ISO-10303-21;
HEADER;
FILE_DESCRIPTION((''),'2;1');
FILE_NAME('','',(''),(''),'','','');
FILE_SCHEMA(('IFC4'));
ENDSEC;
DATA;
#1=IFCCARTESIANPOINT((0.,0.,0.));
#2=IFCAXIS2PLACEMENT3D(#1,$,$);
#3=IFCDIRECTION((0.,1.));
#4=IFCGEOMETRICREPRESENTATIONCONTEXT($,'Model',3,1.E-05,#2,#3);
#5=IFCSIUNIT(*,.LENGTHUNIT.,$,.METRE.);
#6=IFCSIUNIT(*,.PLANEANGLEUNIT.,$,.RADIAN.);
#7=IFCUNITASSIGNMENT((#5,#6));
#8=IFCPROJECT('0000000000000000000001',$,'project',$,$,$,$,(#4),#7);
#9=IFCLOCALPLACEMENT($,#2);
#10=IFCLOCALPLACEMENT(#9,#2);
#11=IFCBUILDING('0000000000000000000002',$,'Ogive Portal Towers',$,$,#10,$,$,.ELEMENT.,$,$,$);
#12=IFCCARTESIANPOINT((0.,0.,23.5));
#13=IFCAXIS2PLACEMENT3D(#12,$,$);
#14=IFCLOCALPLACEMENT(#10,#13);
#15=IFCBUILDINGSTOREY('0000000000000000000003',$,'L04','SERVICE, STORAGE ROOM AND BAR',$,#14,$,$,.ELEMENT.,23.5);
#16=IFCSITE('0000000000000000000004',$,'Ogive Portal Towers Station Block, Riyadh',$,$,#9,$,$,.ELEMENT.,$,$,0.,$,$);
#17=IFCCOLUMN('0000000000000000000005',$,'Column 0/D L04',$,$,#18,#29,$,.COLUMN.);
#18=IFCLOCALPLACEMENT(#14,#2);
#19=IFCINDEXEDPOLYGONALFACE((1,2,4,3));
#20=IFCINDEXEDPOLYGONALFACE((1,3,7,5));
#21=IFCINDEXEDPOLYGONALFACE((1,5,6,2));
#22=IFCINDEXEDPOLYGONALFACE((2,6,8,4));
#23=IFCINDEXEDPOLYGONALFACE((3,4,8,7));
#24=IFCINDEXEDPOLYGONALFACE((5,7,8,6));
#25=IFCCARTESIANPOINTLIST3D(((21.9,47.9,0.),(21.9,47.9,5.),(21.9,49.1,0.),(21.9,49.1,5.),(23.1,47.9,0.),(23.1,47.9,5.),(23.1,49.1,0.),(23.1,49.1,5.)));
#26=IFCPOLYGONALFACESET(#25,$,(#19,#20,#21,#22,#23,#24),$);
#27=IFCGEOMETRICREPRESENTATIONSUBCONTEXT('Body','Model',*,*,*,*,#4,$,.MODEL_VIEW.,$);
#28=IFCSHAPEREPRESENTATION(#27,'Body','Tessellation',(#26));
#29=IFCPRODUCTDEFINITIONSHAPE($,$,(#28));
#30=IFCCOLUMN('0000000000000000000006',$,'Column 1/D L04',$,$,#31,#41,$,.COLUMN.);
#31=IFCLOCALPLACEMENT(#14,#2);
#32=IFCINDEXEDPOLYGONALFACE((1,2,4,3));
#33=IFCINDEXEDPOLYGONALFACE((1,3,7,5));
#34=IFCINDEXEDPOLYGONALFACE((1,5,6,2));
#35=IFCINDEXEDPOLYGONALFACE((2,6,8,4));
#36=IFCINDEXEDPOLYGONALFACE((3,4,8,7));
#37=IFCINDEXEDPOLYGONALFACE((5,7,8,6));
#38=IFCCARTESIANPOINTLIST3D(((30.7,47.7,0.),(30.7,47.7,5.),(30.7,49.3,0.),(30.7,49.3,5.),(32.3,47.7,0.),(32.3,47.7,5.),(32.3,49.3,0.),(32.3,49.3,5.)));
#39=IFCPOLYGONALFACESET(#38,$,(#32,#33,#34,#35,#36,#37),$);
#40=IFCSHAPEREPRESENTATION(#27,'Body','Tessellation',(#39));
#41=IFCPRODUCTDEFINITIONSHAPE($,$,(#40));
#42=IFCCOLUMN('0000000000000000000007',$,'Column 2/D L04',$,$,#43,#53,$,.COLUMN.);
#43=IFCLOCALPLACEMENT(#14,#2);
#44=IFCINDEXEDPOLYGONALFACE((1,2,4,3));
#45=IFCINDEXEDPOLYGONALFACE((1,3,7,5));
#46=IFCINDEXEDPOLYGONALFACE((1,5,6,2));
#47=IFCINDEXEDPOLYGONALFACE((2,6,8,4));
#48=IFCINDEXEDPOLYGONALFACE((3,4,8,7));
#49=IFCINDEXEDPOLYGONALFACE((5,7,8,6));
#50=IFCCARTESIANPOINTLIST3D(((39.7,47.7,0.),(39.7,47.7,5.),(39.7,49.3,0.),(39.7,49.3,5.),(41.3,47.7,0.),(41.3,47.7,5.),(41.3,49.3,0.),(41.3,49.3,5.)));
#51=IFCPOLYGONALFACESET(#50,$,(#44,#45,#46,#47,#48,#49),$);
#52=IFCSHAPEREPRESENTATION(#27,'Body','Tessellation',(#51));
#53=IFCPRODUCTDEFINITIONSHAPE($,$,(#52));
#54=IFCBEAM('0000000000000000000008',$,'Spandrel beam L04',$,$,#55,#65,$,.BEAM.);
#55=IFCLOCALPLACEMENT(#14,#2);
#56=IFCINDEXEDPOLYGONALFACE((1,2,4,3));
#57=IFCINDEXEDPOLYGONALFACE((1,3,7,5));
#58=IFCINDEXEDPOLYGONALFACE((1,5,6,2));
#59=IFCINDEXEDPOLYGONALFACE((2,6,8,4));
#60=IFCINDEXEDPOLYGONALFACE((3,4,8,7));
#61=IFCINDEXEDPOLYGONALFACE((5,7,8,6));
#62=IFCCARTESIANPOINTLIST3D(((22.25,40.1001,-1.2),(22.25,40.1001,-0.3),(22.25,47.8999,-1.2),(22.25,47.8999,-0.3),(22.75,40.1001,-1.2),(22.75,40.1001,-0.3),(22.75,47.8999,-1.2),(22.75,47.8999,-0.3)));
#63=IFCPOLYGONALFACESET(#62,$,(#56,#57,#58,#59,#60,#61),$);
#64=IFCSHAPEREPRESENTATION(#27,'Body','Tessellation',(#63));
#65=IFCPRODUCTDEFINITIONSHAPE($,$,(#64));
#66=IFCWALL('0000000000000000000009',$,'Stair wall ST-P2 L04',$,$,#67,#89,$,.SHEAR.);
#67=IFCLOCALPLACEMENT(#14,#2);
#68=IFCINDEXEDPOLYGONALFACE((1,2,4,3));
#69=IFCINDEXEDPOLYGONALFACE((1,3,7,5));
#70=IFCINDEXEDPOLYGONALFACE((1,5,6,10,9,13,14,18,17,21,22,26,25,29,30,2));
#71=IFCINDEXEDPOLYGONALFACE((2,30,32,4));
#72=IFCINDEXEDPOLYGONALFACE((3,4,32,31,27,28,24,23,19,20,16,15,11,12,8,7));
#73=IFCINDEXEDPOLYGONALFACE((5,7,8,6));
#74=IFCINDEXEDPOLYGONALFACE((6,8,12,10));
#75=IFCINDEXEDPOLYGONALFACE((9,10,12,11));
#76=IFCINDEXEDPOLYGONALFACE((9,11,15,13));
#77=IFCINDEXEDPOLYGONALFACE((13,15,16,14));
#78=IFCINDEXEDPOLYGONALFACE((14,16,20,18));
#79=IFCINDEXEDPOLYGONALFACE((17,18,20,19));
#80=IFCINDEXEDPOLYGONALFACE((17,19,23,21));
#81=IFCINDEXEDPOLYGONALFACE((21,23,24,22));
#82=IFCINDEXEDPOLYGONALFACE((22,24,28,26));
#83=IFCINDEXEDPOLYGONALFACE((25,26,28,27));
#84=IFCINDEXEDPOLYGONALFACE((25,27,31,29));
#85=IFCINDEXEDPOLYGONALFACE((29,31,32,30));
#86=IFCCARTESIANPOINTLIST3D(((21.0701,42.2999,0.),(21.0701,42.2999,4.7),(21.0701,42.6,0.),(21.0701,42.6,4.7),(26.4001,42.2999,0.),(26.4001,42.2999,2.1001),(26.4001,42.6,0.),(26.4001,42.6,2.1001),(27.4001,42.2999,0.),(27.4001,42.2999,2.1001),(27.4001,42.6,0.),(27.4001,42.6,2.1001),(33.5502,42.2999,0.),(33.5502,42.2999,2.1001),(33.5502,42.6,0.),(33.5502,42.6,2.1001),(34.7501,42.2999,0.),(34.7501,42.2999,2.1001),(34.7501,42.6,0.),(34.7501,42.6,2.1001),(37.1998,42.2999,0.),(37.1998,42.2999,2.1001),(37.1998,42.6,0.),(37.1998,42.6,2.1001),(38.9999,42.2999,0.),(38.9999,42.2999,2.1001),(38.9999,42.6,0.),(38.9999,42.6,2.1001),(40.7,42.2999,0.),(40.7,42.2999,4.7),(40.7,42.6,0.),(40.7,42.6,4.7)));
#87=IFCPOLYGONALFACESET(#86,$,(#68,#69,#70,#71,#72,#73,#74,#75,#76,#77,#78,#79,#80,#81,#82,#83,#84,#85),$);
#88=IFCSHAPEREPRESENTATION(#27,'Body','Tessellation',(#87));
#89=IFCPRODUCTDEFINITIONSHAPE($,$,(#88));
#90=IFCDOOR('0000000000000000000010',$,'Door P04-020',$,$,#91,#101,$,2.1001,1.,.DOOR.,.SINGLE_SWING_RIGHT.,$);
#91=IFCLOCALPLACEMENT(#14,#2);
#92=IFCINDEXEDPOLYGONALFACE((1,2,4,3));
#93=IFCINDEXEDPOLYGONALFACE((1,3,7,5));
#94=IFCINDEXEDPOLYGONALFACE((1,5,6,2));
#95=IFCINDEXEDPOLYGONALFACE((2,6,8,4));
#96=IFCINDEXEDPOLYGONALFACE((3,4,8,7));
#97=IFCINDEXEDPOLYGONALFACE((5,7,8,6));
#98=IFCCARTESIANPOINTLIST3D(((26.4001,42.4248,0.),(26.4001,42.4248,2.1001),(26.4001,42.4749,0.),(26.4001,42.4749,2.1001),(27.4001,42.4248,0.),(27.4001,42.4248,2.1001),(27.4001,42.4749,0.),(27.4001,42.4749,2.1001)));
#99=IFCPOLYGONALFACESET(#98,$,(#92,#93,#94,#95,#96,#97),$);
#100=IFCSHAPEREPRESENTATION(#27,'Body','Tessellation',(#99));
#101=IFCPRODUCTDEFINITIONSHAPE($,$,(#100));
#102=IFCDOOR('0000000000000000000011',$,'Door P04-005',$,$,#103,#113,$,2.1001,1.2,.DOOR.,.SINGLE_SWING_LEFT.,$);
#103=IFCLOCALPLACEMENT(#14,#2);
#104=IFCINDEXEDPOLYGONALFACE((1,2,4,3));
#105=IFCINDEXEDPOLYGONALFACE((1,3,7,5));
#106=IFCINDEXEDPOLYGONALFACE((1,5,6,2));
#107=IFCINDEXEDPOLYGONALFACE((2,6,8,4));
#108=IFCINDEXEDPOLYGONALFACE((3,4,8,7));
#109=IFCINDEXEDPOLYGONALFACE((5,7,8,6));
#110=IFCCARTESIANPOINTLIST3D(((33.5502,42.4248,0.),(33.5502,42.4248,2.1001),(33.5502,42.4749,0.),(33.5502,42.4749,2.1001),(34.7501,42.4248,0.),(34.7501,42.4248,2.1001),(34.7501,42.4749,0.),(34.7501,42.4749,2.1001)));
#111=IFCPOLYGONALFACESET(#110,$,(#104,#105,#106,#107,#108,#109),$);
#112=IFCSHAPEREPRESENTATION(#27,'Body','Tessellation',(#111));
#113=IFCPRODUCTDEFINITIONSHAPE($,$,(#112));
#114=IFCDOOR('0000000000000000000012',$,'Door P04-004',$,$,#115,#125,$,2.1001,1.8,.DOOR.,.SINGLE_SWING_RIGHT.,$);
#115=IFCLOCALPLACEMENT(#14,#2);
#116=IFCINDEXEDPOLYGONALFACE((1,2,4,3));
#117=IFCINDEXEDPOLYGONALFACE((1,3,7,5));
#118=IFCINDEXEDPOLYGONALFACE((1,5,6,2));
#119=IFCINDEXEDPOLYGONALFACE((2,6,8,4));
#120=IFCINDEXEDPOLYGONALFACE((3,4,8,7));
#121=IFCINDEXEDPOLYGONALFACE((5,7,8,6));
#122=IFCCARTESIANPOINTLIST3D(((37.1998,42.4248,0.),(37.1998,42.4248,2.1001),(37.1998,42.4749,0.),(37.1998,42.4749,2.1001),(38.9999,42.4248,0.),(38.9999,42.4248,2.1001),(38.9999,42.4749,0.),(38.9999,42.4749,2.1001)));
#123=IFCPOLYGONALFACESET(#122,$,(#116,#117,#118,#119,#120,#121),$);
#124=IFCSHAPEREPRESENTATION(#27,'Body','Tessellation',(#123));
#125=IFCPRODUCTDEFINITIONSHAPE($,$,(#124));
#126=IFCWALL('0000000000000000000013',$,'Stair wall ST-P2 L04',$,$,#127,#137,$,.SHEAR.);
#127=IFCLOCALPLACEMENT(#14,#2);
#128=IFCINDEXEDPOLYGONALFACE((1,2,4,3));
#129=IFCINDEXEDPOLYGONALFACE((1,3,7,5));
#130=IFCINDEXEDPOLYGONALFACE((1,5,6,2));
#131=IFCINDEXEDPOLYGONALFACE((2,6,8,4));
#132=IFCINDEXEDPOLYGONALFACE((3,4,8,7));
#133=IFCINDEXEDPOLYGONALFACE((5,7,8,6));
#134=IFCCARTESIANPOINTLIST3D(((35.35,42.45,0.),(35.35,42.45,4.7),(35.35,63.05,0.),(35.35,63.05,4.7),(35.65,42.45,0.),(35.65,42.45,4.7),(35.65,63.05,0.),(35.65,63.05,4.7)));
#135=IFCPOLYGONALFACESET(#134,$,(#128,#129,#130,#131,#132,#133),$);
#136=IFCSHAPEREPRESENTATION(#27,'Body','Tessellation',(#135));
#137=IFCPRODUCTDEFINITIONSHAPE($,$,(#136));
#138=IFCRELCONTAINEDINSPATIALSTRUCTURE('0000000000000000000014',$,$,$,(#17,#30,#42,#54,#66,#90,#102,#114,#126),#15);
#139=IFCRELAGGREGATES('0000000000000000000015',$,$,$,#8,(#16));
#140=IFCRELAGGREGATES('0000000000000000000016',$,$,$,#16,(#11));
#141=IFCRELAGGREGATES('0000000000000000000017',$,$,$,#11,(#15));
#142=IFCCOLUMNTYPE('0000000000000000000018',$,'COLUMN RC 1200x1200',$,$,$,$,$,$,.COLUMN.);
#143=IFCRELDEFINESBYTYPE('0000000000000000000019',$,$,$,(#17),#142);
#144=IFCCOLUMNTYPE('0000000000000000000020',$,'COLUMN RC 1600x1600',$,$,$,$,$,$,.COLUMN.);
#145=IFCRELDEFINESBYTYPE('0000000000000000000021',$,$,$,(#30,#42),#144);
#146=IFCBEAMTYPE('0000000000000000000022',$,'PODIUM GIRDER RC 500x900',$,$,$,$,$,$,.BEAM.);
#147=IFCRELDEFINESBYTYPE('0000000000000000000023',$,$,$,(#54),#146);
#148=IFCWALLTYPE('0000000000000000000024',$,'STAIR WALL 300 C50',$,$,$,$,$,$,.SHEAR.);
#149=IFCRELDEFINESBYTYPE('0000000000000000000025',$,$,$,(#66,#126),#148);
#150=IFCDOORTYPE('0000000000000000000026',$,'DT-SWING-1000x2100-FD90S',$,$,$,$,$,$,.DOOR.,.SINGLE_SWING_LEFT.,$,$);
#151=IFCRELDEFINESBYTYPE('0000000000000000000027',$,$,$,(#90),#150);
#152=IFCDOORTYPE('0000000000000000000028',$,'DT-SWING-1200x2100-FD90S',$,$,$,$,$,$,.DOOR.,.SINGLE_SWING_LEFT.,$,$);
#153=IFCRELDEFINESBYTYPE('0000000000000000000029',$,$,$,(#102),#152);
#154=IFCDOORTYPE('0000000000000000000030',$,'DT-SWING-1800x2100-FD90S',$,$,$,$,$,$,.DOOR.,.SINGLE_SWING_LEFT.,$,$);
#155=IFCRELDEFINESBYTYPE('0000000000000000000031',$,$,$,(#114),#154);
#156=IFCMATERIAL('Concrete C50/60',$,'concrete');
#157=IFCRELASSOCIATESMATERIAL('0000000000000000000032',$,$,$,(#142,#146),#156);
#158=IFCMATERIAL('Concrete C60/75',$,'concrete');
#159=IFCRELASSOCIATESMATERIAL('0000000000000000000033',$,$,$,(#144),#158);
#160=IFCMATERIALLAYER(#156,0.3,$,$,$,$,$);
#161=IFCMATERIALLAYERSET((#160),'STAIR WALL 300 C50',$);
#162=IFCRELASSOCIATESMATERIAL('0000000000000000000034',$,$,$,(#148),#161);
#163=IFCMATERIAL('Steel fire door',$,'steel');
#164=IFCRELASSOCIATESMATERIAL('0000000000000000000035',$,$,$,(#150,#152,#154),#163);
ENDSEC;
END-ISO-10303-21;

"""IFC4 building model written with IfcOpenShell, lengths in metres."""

from ifc_helpers import new_model, si_unit, direction, frame, frame_2d, origin, origin_2d, place, context, subcontext, project, spatial, rectangle, extrude, material, layer, layer_set, material_profile, profile_set, type_object, element, fill, save


model = new_model("IFC4")

# Units and contexts
model_context = context("Model", 3, precision=1e-05, world=origin(), true_north=direction((0.0, 1.0)))
body_context = subcontext(model_context, "Body", "Model", "MODEL_VIEW")
ifc_project = project(units=[si_unit("LENGTHUNIT", "METRE"), si_unit("PLANEANGLEUNIT", "RADIAN")], contexts=[model_context])

# Site, building, storey
site_placement = place(None, origin())
site = spatial("IfcSite", under=ifc_project, at=site_placement, Name="Ogive Portal Towers Station Block, Riyadh", CompositionType="ELEMENT", RefElevation=0.0)
building_placement = place(site_placement, origin())
building = spatial("IfcBuilding", under=site, at=building_placement, Name="Ogive Portal Towers", CompositionType="ELEMENT")
storey_placement = place(building_placement, frame((0.0, 0.0, 23.5)))
storey = spatial("IfcBuildingStorey", under=building, at=storey_placement, Name="L04", Description="SERVICE, STORAGE ROOM AND BAR", CompositionType="ELEMENT", Elevation=23.5)

# Columns
ifc_material_1 = material(Name="Concrete C50/60", Category="concrete")
ifc_material_profile_1 = material_profile(ifc_material_1, rectangle(XDim=1.2, YDim=1.2, at=origin_2d()), Name="RC 1200x1200")
ifc_profile_set_1 = profile_set([ifc_material_profile_1], Name="Concrete C50/60")
column_type_1 = type_object("IfcColumnType", Name="COLUMN RC 1200x1200", PredefinedType="COLUMN", material=ifc_profile_set_1)
column_placement = place(storey_placement, frame((22.5, 48.5, 0.0), z_axis=(0.0, 0.0, 1.0), x_axis=(1.0, 0.0, 0.0)))
element("IfcColumn", 1, at=column_placement, inside=storey, type_object=column_type_1, Name="Column 0/D L04", PredefinedType="COLUMN", context=body_context, shape_type="SweptSolid", body=[
    extrude(rectangle(XDim=1.2, YDim=1.2, at=origin_2d()), origin(), (0.0, 0.0, 1.0), 5.0),
])
ifc_material_2 = material(Name="Concrete C60/75", Category="concrete")
ifc_material_profile_2 = material_profile(ifc_material_2, rectangle(XDim=1.6001, YDim=1.6001, at=origin_2d()), Name="RC 1600x1600")
ifc_profile_set_2 = profile_set([ifc_material_profile_2], Name="Concrete C60/75")
column_type_2 = type_object("IfcColumnType", Name="COLUMN RC 1600x1600", PredefinedType="COLUMN", material=ifc_profile_set_2)
for number, where, z_axis, x_axis, name in (
    (2, (31.5, 48.5, 0.0), (0.0, 0.0, 1.0), (1.0, 0.0, 0.0), "Column 1/D L04"),
    (3, (40.5, 48.5, 0.0), (0.0, 0.0, 1.0), (1.0, 0.0, 0.0), "Column 2/D L04"),
):
    element("IfcColumn", number, at=place(storey_placement, frame(where, z_axis=z_axis, x_axis=x_axis)), inside=storey, type_object=column_type_2, Name=name, PredefinedType="COLUMN", context=body_context, shape_type="SweptSolid", body=[
        extrude(rectangle(XDim=1.6001, YDim=1.6001, at=origin_2d()), origin(), (0.0, 0.0, 1.0), 5.0),
    ])

# Beam
ifc_material_profile_3 = material_profile(ifc_material_1, rectangle(XDim=0.5, YDim=0.8999, at=origin_2d()), Name="RC 500x900")
ifc_profile_set_3 = profile_set([ifc_material_profile_3], Name="Concrete C50/60")
beam_type = type_object("IfcBeamType", Name="PODIUM GIRDER RC 500x900", PredefinedType="BEAM", material=ifc_profile_set_3)
beam_placement = place(storey_placement, frame((22.5, 47.8999, -0.75), z_axis=(0.0, -1.0, 0.0), x_axis=(1.0, 0.0, 0.0)))
element("IfcBeam", 4, at=beam_placement, inside=storey, type_object=beam_type, Name="Spandrel beam L04", PredefinedType="BEAM", context=body_context, shape_type="SweptSolid", body=[
    extrude(rectangle(XDim=0.5, YDim=0.8999, at=origin_2d()), origin(), (0.0, 0.0, 1.0), 7.7998),
])

# Wall, openings, doors
ifc_layer_1 = layer(ifc_material_1, 0.3)
ifc_layer_set_1 = layer_set([ifc_layer_1], Name="STAIR WALL 300 C50")
wall_type_1 = type_object("IfcWallType", Name="STAIR WALL 300 C50", PredefinedType="SHEAR", material=ifc_layer_set_1)
wall_1_placement = place(storey_placement, frame((21.0701, 42.45, 0.0), z_axis=(0.0, 0.0, 1.0), x_axis=(1.0, 0.0, 0.0)))
wall_1 = element("IfcWall", 5, at=wall_1_placement, inside=storey, type_object=wall_type_1, Name="Stair wall ST-P2 L04", PredefinedType="SHEAR", context=body_context, shape_type="SweptSolid", body=[
    extrude(rectangle(XDim=19.6299, YDim=0.3, at=frame_2d((9.8149, 0.0))), origin(), (0.0, 0.0, 1.0), 4.7),
])
opening_1_placement = place(wall_1_placement, frame((16.1299, 0.0, 0.0)))
opening_1 = element("IfcOpeningElement", 6, at=opening_1_placement, cuts=wall_1, PredefinedType="OPENING", context=body_context, shape_type="SweptSolid", body=[
    extrude(rectangle(XDim=1.8, YDim=2.1001, at=frame_2d((0.8999, 1.05))), frame((0.0, 0.1602, 0.0), z_axis=(0.0, -1.0, 0.0), x_axis=(1.0, 0.0, 0.0)), (0.0, 0.0, 1.0), 0.3201),
])
opening_2_placement = place(wall_1_placement, frame((12.48, 0.0, 0.0)))
opening_2 = element("IfcOpeningElement", 7, at=opening_2_placement, cuts=wall_1, PredefinedType="OPENING", context=body_context, shape_type="SweptSolid", body=[
    extrude(rectangle(XDim=1.2, YDim=2.1001, at=frame_2d((0.6001, 1.05))), frame((0.0, 0.1602, 0.0), z_axis=(0.0, -1.0, 0.0), x_axis=(1.0, 0.0, 0.0)), (0.0, 0.0, 1.0), 0.3201),
])
opening_3_placement = place(wall_1_placement, frame((5.3301, 0.0, 0.0)))
opening_3 = element("IfcOpeningElement", 8, at=opening_3_placement, cuts=wall_1, PredefinedType="OPENING", context=body_context, shape_type="SweptSolid", body=[
    extrude(rectangle(XDim=1.0, YDim=2.1001, at=frame_2d((0.5, 1.05))), frame((0.0, 0.1602, 0.0), z_axis=(0.0, -1.0, 0.0), x_axis=(1.0, 0.0, 0.0)), (0.0, 0.0, 1.0), 0.3201),
])
ifc_material_3 = material(Name="Steel fire door", Category="steel")
door_type_1 = type_object("IfcDoorType", Name="DT-SWING-1000x2100-FD90S", OperationType="SINGLE_SWING_LEFT", PredefinedType="DOOR", material=ifc_material_3)
door_1_placement = place(opening_3_placement, origin())
door_1 = element("IfcDoor", 9, at=door_1_placement, inside=storey, type_object=door_type_1, Name="Door P04-020", OperationType="SINGLE_SWING_RIGHT", OverallHeight=2.1001, OverallWidth=1.0, PredefinedType="DOOR", context=body_context, shape_type="SweptSolid", body=[
    extrude(rectangle(XDim=1.0, YDim=2.1001, at=frame_2d((0.5, 1.05))), frame((0.0, 0.0249, 0.0), z_axis=(0.0, -1.0, 0.0), x_axis=(1.0, 0.0, 0.0)), (0.0, 0.0, 1.0), 0.05),
])
fill(opening_3, door_1)
door_type_2 = type_object("IfcDoorType", Name="DT-SWING-1200x2100-FD90S", OperationType="SINGLE_SWING_LEFT", PredefinedType="DOOR", material=ifc_material_3)
door_2_placement = place(opening_2_placement, origin())
door_2 = element("IfcDoor", 10, at=door_2_placement, inside=storey, type_object=door_type_2, Name="Door P04-005", OperationType="SINGLE_SWING_LEFT", OverallHeight=2.1001, OverallWidth=1.2, PredefinedType="DOOR", context=body_context, shape_type="SweptSolid", body=[
    extrude(rectangle(XDim=1.2, YDim=2.1001, at=frame_2d((0.6001, 1.05))), frame((0.0, 0.0249, 0.0), z_axis=(0.0, -1.0, 0.0), x_axis=(1.0, 0.0, 0.0)), (0.0, 0.0, 1.0), 0.05),
])
fill(opening_2, door_2)
door_type_3 = type_object("IfcDoorType", Name="DT-SWING-1800x2100-FD90S", OperationType="SINGLE_SWING_LEFT", PredefinedType="DOOR", material=ifc_material_3)
door_3_placement = place(opening_1_placement, origin())
door_3 = element("IfcDoor", 11, at=door_3_placement, inside=storey, type_object=door_type_3, Name="Door P04-004", OperationType="SINGLE_SWING_RIGHT", OverallHeight=2.1001, OverallWidth=1.8, PredefinedType="DOOR", context=body_context, shape_type="SweptSolid", body=[
    extrude(rectangle(XDim=1.8, YDim=2.1001, at=frame_2d((0.8999, 1.05))), frame((0.0, 0.0249, 0.0), z_axis=(0.0, -1.0, 0.0), x_axis=(1.0, 0.0, 0.0)), (0.0, 0.0, 1.0), 0.05),
])
fill(opening_1, door_3)

# Wall
wall_2_placement = place(storey_placement, frame((35.5, 42.45, 0.0), z_axis=(0.0, 0.0, 1.0), x_axis=(0.0, 1.0, 0.0)))
element("IfcWall", 12, at=wall_2_placement, inside=storey, type_object=wall_type_1, Name="Stair wall ST-P2 L04", PredefinedType="SHEAR", context=body_context, shape_type="SweptSolid", body=[
    extrude(rectangle(XDim=20.6001, YDim=0.3, at=frame_2d((10.3, 0.0))), origin(), (0.0, 0.0, 1.0), 4.7),
])

save(model, "model.ifc")
